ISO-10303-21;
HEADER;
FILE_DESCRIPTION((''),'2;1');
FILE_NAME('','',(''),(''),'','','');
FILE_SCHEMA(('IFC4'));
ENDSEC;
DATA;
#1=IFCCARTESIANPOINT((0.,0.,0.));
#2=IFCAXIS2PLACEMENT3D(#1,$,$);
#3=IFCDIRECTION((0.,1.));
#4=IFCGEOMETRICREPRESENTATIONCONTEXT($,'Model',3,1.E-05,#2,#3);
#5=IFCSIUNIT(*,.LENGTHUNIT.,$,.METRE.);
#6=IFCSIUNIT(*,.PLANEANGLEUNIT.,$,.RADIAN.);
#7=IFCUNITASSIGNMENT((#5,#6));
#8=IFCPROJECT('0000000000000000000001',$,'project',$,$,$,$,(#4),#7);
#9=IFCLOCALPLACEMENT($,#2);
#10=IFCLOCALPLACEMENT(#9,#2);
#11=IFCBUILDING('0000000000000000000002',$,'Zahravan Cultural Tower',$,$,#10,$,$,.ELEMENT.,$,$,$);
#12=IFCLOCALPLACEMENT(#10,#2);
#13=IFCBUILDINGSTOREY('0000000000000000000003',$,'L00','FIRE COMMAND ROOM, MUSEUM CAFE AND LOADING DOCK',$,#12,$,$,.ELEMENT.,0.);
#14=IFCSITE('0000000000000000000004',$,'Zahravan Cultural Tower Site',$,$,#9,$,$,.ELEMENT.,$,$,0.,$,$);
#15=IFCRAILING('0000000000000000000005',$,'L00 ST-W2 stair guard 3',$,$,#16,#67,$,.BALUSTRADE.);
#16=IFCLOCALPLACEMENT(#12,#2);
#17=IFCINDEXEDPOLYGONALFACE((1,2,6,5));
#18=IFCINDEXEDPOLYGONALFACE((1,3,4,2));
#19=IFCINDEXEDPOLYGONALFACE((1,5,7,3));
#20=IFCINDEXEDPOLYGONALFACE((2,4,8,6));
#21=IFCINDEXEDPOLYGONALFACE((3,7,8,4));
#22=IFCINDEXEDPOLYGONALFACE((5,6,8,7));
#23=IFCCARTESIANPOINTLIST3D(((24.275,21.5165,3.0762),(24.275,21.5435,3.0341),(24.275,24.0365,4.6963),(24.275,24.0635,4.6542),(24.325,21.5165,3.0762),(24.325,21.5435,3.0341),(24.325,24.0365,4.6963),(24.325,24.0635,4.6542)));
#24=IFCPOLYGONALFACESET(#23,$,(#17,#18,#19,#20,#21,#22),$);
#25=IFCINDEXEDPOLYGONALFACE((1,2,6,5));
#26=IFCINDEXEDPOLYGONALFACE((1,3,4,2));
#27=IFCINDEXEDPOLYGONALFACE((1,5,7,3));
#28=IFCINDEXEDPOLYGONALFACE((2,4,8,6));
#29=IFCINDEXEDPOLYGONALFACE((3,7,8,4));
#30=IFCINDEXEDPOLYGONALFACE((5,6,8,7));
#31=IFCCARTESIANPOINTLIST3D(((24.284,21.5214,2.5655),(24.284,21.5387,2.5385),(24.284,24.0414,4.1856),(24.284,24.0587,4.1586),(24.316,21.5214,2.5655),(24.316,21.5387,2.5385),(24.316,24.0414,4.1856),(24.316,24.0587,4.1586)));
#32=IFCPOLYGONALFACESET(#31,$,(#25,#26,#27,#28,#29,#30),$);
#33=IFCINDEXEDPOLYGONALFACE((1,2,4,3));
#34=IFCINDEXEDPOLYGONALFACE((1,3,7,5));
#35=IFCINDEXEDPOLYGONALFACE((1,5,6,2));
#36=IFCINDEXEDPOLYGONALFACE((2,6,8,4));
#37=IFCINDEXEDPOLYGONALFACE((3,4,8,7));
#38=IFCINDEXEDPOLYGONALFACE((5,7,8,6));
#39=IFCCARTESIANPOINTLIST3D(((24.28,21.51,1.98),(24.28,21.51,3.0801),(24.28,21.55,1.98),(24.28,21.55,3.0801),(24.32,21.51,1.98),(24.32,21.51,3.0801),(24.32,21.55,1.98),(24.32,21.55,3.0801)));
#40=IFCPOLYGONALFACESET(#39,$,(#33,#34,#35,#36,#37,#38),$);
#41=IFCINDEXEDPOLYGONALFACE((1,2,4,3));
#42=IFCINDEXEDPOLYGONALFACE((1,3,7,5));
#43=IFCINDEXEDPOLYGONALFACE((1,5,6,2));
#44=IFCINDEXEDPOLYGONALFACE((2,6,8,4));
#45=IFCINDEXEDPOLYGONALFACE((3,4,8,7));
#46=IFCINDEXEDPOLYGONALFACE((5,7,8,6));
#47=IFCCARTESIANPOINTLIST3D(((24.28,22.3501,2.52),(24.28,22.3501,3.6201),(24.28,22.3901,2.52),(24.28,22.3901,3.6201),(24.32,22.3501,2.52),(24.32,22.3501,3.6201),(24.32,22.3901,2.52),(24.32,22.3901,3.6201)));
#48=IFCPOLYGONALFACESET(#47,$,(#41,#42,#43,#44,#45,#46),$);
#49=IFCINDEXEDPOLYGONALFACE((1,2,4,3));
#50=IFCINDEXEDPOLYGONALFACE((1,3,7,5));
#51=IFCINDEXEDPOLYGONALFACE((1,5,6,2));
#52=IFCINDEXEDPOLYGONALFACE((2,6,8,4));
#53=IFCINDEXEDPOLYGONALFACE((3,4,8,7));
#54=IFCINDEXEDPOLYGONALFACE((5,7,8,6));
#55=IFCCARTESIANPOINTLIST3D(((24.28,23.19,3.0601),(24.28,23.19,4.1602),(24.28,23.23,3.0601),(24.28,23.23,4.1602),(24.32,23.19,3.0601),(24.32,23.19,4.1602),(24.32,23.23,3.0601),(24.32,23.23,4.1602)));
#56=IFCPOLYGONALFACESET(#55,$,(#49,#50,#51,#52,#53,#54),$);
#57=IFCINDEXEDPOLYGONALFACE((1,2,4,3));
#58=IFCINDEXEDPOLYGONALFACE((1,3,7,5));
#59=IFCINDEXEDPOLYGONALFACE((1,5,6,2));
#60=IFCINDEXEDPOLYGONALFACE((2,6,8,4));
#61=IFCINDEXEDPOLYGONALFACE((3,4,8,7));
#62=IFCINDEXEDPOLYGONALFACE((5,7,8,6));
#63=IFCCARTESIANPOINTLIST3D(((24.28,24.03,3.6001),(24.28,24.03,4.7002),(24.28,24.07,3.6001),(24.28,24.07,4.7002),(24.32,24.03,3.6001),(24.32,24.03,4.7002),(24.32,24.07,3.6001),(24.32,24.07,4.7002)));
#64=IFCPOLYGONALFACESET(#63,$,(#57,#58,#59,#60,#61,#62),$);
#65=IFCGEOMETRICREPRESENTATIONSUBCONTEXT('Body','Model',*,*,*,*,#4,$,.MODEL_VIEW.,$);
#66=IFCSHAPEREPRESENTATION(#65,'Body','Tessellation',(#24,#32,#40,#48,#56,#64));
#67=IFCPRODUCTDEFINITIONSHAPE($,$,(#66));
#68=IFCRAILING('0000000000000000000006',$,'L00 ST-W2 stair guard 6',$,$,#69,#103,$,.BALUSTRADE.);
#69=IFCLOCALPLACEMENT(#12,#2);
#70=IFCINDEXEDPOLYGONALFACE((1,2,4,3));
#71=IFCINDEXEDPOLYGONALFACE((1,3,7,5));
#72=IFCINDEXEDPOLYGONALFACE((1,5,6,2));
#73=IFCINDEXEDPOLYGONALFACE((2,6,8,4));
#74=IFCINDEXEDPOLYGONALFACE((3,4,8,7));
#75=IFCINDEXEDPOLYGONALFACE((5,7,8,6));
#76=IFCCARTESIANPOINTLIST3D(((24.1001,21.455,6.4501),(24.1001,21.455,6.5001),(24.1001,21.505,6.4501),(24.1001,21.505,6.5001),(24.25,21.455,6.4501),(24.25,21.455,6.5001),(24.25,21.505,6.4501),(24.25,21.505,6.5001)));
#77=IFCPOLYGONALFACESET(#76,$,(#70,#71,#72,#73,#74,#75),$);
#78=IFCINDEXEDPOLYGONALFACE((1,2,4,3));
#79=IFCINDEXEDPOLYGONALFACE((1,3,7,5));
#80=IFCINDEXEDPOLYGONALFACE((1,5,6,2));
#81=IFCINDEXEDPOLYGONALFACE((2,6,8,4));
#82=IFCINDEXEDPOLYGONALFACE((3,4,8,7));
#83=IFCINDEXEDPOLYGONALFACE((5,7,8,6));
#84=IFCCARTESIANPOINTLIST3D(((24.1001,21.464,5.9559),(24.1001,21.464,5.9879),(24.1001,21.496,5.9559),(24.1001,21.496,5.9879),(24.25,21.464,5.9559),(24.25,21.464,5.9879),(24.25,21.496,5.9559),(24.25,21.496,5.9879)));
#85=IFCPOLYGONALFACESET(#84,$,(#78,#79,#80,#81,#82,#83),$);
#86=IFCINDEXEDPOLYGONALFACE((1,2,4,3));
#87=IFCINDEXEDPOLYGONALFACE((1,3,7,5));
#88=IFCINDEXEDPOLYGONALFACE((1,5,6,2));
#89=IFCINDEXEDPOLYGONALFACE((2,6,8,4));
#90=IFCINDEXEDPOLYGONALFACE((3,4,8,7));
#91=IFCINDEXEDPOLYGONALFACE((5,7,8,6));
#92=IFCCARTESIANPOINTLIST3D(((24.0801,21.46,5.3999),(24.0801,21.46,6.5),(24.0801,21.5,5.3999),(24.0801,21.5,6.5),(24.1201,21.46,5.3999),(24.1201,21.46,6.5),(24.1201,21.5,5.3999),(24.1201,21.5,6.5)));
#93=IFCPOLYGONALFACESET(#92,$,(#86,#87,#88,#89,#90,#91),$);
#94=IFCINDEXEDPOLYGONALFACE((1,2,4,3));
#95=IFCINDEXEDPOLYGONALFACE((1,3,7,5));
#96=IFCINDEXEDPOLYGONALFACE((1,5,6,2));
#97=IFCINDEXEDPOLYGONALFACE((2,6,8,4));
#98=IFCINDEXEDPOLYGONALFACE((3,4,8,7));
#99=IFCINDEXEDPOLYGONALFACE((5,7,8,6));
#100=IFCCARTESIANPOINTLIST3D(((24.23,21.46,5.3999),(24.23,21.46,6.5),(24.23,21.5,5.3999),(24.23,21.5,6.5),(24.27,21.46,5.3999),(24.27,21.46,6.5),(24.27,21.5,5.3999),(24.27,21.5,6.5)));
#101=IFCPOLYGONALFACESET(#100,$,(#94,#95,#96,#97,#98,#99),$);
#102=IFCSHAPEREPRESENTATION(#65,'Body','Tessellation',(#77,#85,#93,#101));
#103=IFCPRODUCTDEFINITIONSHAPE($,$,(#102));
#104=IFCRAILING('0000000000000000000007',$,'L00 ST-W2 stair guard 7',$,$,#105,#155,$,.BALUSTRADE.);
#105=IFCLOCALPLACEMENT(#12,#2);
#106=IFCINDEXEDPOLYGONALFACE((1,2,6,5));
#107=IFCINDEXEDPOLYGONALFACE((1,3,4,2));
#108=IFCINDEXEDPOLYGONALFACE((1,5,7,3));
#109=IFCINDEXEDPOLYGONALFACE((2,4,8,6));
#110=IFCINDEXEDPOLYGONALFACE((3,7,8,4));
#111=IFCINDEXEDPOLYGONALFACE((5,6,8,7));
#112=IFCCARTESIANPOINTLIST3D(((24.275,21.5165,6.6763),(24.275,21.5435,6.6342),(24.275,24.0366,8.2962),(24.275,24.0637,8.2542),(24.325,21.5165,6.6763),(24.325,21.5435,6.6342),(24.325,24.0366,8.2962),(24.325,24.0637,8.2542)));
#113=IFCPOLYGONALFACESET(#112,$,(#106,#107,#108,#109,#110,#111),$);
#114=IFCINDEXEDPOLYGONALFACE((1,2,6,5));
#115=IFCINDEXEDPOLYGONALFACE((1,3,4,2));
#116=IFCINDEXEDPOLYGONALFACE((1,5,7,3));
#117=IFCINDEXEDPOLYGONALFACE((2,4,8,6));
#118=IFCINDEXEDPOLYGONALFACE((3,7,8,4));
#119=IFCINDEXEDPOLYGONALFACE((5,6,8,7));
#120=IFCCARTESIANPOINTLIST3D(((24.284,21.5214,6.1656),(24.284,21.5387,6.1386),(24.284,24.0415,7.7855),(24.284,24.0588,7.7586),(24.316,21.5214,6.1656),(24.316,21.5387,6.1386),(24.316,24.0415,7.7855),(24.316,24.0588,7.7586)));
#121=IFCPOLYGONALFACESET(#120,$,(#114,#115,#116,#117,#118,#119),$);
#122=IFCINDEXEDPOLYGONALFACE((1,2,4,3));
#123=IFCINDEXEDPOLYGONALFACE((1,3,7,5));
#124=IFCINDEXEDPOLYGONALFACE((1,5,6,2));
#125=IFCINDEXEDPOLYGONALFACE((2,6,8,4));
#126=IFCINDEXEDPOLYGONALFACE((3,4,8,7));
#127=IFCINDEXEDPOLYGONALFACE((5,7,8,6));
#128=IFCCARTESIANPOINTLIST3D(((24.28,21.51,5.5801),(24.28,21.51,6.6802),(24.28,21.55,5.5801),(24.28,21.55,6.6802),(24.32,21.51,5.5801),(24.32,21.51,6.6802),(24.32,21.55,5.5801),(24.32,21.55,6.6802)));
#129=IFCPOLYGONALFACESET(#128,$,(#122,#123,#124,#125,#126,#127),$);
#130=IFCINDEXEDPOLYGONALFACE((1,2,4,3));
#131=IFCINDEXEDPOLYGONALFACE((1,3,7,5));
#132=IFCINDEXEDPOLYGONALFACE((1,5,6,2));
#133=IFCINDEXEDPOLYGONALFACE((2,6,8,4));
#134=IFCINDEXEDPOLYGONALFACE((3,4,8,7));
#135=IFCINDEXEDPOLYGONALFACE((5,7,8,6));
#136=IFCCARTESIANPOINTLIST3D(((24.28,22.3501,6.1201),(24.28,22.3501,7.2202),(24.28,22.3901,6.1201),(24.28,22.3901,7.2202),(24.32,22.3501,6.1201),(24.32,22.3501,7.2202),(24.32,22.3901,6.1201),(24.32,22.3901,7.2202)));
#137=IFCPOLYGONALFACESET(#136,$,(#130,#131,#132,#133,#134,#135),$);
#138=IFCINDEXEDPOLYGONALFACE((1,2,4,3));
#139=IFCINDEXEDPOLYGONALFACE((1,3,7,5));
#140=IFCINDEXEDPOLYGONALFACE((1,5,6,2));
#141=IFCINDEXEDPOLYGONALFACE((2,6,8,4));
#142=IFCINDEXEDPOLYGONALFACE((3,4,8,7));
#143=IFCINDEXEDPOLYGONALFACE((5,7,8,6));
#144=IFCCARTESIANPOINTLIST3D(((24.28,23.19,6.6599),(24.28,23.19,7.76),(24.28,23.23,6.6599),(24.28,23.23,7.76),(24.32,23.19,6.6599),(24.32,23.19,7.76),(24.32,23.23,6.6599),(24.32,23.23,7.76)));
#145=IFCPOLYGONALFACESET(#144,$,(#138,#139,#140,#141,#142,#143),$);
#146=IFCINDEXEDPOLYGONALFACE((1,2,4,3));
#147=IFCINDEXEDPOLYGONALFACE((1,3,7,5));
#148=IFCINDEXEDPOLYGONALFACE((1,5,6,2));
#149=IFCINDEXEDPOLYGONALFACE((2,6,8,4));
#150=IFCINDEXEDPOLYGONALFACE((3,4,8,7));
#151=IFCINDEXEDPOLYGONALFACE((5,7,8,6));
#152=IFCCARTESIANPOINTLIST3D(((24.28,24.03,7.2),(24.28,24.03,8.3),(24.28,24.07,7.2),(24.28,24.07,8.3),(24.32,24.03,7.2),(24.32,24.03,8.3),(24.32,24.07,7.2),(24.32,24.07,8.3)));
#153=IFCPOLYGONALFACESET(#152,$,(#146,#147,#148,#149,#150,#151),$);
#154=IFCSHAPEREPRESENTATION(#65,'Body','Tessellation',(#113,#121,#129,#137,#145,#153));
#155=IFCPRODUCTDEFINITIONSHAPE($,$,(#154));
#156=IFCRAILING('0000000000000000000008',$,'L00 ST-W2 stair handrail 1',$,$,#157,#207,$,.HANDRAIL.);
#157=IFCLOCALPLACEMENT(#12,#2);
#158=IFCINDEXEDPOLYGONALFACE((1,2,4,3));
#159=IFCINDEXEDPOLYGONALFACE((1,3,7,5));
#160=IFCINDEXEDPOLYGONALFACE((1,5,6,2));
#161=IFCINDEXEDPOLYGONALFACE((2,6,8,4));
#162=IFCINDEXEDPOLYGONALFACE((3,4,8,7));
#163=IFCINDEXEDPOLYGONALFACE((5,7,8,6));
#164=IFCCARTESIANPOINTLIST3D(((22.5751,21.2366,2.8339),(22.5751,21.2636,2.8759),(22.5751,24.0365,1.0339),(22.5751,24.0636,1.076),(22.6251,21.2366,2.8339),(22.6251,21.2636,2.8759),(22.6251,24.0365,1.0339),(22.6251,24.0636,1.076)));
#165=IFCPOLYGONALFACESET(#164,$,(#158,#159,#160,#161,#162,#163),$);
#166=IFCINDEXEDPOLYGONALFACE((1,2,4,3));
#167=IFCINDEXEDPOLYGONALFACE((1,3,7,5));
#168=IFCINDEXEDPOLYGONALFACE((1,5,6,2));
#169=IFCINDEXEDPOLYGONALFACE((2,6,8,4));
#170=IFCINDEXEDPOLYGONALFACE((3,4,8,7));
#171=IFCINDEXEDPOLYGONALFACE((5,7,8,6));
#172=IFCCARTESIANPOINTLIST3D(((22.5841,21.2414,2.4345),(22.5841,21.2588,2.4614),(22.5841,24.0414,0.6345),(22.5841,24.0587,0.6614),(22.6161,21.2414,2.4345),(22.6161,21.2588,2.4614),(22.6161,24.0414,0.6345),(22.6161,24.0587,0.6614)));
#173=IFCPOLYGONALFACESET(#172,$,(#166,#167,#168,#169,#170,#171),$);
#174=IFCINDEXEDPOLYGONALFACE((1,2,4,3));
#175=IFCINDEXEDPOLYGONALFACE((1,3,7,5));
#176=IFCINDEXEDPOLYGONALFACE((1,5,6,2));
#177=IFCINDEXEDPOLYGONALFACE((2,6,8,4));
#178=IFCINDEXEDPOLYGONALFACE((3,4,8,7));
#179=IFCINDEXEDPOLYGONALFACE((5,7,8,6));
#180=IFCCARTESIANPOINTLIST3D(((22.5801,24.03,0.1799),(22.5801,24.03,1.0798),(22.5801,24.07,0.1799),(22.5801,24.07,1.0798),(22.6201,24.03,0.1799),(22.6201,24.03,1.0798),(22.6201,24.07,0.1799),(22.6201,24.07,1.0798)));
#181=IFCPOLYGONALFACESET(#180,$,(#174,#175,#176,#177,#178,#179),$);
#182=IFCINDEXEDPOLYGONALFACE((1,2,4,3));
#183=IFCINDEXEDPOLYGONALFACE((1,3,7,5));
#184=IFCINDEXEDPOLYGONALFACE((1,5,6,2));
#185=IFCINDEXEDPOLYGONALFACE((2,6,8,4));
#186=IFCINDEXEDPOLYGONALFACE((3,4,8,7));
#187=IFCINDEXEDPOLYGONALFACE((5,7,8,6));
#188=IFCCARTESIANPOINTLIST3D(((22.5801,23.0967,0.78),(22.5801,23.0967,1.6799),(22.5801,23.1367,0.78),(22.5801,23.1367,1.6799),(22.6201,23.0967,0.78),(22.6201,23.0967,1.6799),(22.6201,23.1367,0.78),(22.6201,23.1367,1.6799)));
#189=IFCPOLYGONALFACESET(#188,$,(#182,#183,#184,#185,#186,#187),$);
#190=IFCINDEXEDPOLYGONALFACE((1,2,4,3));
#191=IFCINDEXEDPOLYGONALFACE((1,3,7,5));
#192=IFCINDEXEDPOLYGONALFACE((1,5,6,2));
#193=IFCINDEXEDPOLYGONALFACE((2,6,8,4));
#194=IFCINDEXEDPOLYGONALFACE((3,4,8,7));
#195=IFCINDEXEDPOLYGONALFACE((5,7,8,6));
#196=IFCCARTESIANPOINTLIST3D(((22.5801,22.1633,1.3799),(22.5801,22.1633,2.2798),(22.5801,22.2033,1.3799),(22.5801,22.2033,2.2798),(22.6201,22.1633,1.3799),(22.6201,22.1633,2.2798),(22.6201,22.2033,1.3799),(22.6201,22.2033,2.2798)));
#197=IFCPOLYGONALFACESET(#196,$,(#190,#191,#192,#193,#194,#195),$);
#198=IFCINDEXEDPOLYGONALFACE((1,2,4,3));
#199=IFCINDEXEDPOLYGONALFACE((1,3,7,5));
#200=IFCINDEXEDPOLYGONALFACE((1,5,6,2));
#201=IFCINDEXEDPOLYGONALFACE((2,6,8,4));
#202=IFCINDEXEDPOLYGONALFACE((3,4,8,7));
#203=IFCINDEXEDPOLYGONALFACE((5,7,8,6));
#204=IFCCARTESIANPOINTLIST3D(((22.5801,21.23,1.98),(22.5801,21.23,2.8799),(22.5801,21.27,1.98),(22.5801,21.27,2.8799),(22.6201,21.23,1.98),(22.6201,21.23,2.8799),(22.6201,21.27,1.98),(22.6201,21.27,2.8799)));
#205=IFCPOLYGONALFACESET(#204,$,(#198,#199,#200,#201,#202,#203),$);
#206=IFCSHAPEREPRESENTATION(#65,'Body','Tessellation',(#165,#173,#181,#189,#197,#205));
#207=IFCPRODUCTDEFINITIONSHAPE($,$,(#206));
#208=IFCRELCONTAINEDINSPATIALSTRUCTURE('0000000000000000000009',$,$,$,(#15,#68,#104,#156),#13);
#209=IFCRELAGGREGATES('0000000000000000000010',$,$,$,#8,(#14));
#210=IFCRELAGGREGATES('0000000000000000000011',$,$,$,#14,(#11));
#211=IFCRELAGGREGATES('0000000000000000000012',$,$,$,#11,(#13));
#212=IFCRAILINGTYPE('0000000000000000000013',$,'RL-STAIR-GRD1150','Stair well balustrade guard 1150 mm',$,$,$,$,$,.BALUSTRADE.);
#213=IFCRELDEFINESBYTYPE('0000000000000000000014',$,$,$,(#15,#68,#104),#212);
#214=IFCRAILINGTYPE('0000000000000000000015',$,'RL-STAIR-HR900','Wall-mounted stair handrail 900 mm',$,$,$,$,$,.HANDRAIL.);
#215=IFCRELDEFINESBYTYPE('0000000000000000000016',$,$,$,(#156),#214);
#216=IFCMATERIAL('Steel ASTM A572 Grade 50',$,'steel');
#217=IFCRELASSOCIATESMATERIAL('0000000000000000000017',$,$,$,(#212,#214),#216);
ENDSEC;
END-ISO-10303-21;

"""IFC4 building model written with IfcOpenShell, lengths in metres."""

from ifc_helpers import new_model, si_unit, direction, frame, origin, origin_2d, place, context, subcontext, project, spatial, rectangle, extrude, material, type_object, element, save


model = new_model("IFC4")

# Units and contexts
model_context = context("Model", 3, precision=1e-05, world=origin(), true_north=direction((0.0, 1.0)))
body_context = subcontext(model_context, "Body", "Model", "MODEL_VIEW")
ifc_project = project(units=[si_unit("LENGTHUNIT", "METRE"), si_unit("PLANEANGLEUNIT", "RADIAN")], contexts=[model_context])

# Site, building, storey
site_placement = place(None, origin())
site = spatial("IfcSite", under=ifc_project, at=site_placement, Name="Zahravan Cultural Tower Site", CompositionType="ELEMENT", RefElevation=0.0)
building_placement = place(site_placement, origin())
building = spatial("IfcBuilding", under=site, at=building_placement, Name="Zahravan Cultural Tower", CompositionType="ELEMENT")
storey_placement = place(building_placement, origin())
storey = spatial("IfcBuildingStorey", under=building, at=storey_placement, Name="L00", Description="FIRE COMMAND ROOM, MUSEUM CAFE AND LOADING DOCK", CompositionType="ELEMENT", Elevation=0.0)

# Shared definitions
ifc_material_1 = material(Name="Steel ASTM A572 Grade 50", Category="steel")

# Railings
railing_type_1 = type_object("IfcRailingType", Name="RL-STAIR-GRD1150", Description="Stair well balustrade guard 1150 mm", PredefinedType="BALUSTRADE", material=ifc_material_1)
railing_1_placement = place(storey_placement, frame((24.3, 21.53, 1.98)))
element("IfcRailing", 1, at=railing_1_placement, inside=storey, type_object=railing_type_1, Name="L00 ST-W2 stair guard 3", PredefinedType="BALUSTRADE", context=body_context, shape_type="SweptSolid", body=[
    extrude(rectangle(XDim=0.05, YDim=0.05, at=origin_2d()), frame((0.0, 0.0, 1.0752), z_axis=(0.0, 0.841163, 0.540782), x_axis=(-1.0, 0.0, 0.0)), (0.0, 0.0, 1.0), 2.9958),
    extrude(rectangle(XDim=0.032, YDim=0.032, at=origin_2d()), frame((0.0, 0.0, 0.572), z_axis=(0.0, 0.841163, 0.540782), x_axis=(-1.0, 0.0, 0.0)), (0.0, 0.0, 1.0), 2.9958),
    extrude(rectangle(XDim=0.04, YDim=0.04, at=origin_2d()), origin(), (0.0, 0.0, 1.0), 1.1001),
    extrude(rectangle(XDim=0.04, YDim=0.04, at=origin_2d()), frame((0.0, 0.8401, 0.54)), (0.0, 0.0, 1.0), 1.1001),
    extrude(rectangle(XDim=0.04, YDim=0.04, at=origin_2d()), frame((0.0, 1.6799, 1.0801)), (0.0, 0.0, 1.0), 1.1001),
    extrude(rectangle(XDim=0.04, YDim=0.04, at=origin_2d()), frame((0.0, 2.52, 1.6201)), (0.0, 0.0, 1.0), 1.1001),
])
railing_2_placement = place(storey_placement, frame((24.1001, 21.48, 5.3999)))
element("IfcRailing", 2, at=railing_2_placement, inside=storey, type_object=railing_type_1, Name="L00 ST-W2 stair guard 6", PredefinedType="BALUSTRADE", context=body_context, shape_type="SweptSolid", body=[
    extrude(rectangle(XDim=0.05, YDim=0.05, at=origin_2d()), frame((0.0, 0.0, 1.0752), z_axis=(1.0, 0.0, 0.0), x_axis=(0.0, 1.0, 0.0)), (0.0, 0.0, 1.0), 0.1499),
    extrude(rectangle(XDim=0.032, YDim=0.032, at=origin_2d()), frame((0.0, 0.0, 0.572), z_axis=(1.0, 0.0, 0.0), x_axis=(0.0, 1.0, 0.0)), (0.0, 0.0, 1.0), 0.1499),
    extrude(rectangle(XDim=0.04, YDim=0.04, at=origin_2d()), origin(), (0.0, 0.0, 1.0), 1.1001),
    extrude(rectangle(XDim=0.04, YDim=0.04, at=origin_2d()), frame((0.1499, 0.0, 0.0)), (0.0, 0.0, 1.0), 1.1001),
])
railing_3_placement = place(storey_placement, frame((24.3, 21.53, 5.5801)))
element("IfcRailing", 3, at=railing_3_placement, inside=storey, type_object=railing_type_1, Name="L00 ST-W2 stair guard 7", PredefinedType="BALUSTRADE", context=body_context, shape_type="SweptSolid", body=[
    extrude(rectangle(XDim=0.05, YDim=0.05, at=origin_2d()), frame((0.0, 0.0, 1.0752), z_axis=(0.0, 0.8412, 0.540725), x_axis=(-1.0, 0.0, 0.0)), (0.0, 0.0, 1.0), 2.9958),
    extrude(rectangle(XDim=0.032, YDim=0.032, at=origin_2d()), frame((0.0, 0.0, 0.572), z_axis=(0.0, 0.8412, 0.540725), x_axis=(-1.0, 0.0, 0.0)), (0.0, 0.0, 1.0), 2.9958),
    extrude(rectangle(XDim=0.04, YDim=0.04, at=origin_2d()), origin(), (0.0, 0.0, 1.0), 1.1001),
    extrude(rectangle(XDim=0.04, YDim=0.04, at=origin_2d()), frame((0.0, 0.8401, 0.54)), (0.0, 0.0, 1.0), 1.1001),
    extrude(rectangle(XDim=0.04, YDim=0.04, at=origin_2d()), frame((0.0, 1.6799, 1.0798)), (0.0, 0.0, 1.0), 1.1001),
    extrude(rectangle(XDim=0.04, YDim=0.04, at=origin_2d()), frame((0.0, 2.52, 1.6199)), (0.0, 0.0, 1.0), 1.1001),
])
railing_type_2 = type_object("IfcRailingType", Name="RL-STAIR-HR900", Description="Wall-mounted stair handrail 900 mm", PredefinedType="HANDRAIL", material=ifc_material_1)
railing_4_placement = place(storey_placement, frame((22.6001, 24.05, 0.1799)))
element("IfcRailing", 4, at=railing_4_placement, inside=storey, type_object=railing_type_2, Name="L00 ST-W2 stair handrail 1", PredefinedType="HANDRAIL", context=body_context, shape_type="SweptSolid", body=[
    extrude(rectangle(XDim=0.05, YDim=0.05, at=origin_2d()), frame((0.0, 0.0, 0.875), z_axis=(0.0, -0.841176, 0.540761), x_axis=(1.0, 0.0, 0.0)), (0.0, 0.0, 1.0), 3.3286),
    extrude(rectangle(XDim=0.032, YDim=0.032, at=origin_2d()), frame((0.0, 0.0, 0.468), z_axis=(0.0, -0.841176, 0.540761), x_axis=(1.0, 0.0, 0.0)), (0.0, 0.0, 1.0), 3.3286),
    extrude(rectangle(XDim=0.04, YDim=0.04, at=origin_2d()), origin(), (0.0, 0.0, 1.0), 0.8999),
    extrude(rectangle(XDim=0.04, YDim=0.04, at=origin_2d()), frame((0.0, -0.9333, 0.6001)), (0.0, 0.0, 1.0), 0.8999),
    extrude(rectangle(XDim=0.04, YDim=0.04, at=origin_2d()), frame((0.0, -1.8667, 1.2)), (0.0, 0.0, 1.0), 0.8999),
    extrude(rectangle(XDim=0.04, YDim=0.04, at=origin_2d()), frame((0.0, -2.8, 1.8)), (0.0, 0.0, 1.0), 0.8999),
])

save(model, "model.ifc")
